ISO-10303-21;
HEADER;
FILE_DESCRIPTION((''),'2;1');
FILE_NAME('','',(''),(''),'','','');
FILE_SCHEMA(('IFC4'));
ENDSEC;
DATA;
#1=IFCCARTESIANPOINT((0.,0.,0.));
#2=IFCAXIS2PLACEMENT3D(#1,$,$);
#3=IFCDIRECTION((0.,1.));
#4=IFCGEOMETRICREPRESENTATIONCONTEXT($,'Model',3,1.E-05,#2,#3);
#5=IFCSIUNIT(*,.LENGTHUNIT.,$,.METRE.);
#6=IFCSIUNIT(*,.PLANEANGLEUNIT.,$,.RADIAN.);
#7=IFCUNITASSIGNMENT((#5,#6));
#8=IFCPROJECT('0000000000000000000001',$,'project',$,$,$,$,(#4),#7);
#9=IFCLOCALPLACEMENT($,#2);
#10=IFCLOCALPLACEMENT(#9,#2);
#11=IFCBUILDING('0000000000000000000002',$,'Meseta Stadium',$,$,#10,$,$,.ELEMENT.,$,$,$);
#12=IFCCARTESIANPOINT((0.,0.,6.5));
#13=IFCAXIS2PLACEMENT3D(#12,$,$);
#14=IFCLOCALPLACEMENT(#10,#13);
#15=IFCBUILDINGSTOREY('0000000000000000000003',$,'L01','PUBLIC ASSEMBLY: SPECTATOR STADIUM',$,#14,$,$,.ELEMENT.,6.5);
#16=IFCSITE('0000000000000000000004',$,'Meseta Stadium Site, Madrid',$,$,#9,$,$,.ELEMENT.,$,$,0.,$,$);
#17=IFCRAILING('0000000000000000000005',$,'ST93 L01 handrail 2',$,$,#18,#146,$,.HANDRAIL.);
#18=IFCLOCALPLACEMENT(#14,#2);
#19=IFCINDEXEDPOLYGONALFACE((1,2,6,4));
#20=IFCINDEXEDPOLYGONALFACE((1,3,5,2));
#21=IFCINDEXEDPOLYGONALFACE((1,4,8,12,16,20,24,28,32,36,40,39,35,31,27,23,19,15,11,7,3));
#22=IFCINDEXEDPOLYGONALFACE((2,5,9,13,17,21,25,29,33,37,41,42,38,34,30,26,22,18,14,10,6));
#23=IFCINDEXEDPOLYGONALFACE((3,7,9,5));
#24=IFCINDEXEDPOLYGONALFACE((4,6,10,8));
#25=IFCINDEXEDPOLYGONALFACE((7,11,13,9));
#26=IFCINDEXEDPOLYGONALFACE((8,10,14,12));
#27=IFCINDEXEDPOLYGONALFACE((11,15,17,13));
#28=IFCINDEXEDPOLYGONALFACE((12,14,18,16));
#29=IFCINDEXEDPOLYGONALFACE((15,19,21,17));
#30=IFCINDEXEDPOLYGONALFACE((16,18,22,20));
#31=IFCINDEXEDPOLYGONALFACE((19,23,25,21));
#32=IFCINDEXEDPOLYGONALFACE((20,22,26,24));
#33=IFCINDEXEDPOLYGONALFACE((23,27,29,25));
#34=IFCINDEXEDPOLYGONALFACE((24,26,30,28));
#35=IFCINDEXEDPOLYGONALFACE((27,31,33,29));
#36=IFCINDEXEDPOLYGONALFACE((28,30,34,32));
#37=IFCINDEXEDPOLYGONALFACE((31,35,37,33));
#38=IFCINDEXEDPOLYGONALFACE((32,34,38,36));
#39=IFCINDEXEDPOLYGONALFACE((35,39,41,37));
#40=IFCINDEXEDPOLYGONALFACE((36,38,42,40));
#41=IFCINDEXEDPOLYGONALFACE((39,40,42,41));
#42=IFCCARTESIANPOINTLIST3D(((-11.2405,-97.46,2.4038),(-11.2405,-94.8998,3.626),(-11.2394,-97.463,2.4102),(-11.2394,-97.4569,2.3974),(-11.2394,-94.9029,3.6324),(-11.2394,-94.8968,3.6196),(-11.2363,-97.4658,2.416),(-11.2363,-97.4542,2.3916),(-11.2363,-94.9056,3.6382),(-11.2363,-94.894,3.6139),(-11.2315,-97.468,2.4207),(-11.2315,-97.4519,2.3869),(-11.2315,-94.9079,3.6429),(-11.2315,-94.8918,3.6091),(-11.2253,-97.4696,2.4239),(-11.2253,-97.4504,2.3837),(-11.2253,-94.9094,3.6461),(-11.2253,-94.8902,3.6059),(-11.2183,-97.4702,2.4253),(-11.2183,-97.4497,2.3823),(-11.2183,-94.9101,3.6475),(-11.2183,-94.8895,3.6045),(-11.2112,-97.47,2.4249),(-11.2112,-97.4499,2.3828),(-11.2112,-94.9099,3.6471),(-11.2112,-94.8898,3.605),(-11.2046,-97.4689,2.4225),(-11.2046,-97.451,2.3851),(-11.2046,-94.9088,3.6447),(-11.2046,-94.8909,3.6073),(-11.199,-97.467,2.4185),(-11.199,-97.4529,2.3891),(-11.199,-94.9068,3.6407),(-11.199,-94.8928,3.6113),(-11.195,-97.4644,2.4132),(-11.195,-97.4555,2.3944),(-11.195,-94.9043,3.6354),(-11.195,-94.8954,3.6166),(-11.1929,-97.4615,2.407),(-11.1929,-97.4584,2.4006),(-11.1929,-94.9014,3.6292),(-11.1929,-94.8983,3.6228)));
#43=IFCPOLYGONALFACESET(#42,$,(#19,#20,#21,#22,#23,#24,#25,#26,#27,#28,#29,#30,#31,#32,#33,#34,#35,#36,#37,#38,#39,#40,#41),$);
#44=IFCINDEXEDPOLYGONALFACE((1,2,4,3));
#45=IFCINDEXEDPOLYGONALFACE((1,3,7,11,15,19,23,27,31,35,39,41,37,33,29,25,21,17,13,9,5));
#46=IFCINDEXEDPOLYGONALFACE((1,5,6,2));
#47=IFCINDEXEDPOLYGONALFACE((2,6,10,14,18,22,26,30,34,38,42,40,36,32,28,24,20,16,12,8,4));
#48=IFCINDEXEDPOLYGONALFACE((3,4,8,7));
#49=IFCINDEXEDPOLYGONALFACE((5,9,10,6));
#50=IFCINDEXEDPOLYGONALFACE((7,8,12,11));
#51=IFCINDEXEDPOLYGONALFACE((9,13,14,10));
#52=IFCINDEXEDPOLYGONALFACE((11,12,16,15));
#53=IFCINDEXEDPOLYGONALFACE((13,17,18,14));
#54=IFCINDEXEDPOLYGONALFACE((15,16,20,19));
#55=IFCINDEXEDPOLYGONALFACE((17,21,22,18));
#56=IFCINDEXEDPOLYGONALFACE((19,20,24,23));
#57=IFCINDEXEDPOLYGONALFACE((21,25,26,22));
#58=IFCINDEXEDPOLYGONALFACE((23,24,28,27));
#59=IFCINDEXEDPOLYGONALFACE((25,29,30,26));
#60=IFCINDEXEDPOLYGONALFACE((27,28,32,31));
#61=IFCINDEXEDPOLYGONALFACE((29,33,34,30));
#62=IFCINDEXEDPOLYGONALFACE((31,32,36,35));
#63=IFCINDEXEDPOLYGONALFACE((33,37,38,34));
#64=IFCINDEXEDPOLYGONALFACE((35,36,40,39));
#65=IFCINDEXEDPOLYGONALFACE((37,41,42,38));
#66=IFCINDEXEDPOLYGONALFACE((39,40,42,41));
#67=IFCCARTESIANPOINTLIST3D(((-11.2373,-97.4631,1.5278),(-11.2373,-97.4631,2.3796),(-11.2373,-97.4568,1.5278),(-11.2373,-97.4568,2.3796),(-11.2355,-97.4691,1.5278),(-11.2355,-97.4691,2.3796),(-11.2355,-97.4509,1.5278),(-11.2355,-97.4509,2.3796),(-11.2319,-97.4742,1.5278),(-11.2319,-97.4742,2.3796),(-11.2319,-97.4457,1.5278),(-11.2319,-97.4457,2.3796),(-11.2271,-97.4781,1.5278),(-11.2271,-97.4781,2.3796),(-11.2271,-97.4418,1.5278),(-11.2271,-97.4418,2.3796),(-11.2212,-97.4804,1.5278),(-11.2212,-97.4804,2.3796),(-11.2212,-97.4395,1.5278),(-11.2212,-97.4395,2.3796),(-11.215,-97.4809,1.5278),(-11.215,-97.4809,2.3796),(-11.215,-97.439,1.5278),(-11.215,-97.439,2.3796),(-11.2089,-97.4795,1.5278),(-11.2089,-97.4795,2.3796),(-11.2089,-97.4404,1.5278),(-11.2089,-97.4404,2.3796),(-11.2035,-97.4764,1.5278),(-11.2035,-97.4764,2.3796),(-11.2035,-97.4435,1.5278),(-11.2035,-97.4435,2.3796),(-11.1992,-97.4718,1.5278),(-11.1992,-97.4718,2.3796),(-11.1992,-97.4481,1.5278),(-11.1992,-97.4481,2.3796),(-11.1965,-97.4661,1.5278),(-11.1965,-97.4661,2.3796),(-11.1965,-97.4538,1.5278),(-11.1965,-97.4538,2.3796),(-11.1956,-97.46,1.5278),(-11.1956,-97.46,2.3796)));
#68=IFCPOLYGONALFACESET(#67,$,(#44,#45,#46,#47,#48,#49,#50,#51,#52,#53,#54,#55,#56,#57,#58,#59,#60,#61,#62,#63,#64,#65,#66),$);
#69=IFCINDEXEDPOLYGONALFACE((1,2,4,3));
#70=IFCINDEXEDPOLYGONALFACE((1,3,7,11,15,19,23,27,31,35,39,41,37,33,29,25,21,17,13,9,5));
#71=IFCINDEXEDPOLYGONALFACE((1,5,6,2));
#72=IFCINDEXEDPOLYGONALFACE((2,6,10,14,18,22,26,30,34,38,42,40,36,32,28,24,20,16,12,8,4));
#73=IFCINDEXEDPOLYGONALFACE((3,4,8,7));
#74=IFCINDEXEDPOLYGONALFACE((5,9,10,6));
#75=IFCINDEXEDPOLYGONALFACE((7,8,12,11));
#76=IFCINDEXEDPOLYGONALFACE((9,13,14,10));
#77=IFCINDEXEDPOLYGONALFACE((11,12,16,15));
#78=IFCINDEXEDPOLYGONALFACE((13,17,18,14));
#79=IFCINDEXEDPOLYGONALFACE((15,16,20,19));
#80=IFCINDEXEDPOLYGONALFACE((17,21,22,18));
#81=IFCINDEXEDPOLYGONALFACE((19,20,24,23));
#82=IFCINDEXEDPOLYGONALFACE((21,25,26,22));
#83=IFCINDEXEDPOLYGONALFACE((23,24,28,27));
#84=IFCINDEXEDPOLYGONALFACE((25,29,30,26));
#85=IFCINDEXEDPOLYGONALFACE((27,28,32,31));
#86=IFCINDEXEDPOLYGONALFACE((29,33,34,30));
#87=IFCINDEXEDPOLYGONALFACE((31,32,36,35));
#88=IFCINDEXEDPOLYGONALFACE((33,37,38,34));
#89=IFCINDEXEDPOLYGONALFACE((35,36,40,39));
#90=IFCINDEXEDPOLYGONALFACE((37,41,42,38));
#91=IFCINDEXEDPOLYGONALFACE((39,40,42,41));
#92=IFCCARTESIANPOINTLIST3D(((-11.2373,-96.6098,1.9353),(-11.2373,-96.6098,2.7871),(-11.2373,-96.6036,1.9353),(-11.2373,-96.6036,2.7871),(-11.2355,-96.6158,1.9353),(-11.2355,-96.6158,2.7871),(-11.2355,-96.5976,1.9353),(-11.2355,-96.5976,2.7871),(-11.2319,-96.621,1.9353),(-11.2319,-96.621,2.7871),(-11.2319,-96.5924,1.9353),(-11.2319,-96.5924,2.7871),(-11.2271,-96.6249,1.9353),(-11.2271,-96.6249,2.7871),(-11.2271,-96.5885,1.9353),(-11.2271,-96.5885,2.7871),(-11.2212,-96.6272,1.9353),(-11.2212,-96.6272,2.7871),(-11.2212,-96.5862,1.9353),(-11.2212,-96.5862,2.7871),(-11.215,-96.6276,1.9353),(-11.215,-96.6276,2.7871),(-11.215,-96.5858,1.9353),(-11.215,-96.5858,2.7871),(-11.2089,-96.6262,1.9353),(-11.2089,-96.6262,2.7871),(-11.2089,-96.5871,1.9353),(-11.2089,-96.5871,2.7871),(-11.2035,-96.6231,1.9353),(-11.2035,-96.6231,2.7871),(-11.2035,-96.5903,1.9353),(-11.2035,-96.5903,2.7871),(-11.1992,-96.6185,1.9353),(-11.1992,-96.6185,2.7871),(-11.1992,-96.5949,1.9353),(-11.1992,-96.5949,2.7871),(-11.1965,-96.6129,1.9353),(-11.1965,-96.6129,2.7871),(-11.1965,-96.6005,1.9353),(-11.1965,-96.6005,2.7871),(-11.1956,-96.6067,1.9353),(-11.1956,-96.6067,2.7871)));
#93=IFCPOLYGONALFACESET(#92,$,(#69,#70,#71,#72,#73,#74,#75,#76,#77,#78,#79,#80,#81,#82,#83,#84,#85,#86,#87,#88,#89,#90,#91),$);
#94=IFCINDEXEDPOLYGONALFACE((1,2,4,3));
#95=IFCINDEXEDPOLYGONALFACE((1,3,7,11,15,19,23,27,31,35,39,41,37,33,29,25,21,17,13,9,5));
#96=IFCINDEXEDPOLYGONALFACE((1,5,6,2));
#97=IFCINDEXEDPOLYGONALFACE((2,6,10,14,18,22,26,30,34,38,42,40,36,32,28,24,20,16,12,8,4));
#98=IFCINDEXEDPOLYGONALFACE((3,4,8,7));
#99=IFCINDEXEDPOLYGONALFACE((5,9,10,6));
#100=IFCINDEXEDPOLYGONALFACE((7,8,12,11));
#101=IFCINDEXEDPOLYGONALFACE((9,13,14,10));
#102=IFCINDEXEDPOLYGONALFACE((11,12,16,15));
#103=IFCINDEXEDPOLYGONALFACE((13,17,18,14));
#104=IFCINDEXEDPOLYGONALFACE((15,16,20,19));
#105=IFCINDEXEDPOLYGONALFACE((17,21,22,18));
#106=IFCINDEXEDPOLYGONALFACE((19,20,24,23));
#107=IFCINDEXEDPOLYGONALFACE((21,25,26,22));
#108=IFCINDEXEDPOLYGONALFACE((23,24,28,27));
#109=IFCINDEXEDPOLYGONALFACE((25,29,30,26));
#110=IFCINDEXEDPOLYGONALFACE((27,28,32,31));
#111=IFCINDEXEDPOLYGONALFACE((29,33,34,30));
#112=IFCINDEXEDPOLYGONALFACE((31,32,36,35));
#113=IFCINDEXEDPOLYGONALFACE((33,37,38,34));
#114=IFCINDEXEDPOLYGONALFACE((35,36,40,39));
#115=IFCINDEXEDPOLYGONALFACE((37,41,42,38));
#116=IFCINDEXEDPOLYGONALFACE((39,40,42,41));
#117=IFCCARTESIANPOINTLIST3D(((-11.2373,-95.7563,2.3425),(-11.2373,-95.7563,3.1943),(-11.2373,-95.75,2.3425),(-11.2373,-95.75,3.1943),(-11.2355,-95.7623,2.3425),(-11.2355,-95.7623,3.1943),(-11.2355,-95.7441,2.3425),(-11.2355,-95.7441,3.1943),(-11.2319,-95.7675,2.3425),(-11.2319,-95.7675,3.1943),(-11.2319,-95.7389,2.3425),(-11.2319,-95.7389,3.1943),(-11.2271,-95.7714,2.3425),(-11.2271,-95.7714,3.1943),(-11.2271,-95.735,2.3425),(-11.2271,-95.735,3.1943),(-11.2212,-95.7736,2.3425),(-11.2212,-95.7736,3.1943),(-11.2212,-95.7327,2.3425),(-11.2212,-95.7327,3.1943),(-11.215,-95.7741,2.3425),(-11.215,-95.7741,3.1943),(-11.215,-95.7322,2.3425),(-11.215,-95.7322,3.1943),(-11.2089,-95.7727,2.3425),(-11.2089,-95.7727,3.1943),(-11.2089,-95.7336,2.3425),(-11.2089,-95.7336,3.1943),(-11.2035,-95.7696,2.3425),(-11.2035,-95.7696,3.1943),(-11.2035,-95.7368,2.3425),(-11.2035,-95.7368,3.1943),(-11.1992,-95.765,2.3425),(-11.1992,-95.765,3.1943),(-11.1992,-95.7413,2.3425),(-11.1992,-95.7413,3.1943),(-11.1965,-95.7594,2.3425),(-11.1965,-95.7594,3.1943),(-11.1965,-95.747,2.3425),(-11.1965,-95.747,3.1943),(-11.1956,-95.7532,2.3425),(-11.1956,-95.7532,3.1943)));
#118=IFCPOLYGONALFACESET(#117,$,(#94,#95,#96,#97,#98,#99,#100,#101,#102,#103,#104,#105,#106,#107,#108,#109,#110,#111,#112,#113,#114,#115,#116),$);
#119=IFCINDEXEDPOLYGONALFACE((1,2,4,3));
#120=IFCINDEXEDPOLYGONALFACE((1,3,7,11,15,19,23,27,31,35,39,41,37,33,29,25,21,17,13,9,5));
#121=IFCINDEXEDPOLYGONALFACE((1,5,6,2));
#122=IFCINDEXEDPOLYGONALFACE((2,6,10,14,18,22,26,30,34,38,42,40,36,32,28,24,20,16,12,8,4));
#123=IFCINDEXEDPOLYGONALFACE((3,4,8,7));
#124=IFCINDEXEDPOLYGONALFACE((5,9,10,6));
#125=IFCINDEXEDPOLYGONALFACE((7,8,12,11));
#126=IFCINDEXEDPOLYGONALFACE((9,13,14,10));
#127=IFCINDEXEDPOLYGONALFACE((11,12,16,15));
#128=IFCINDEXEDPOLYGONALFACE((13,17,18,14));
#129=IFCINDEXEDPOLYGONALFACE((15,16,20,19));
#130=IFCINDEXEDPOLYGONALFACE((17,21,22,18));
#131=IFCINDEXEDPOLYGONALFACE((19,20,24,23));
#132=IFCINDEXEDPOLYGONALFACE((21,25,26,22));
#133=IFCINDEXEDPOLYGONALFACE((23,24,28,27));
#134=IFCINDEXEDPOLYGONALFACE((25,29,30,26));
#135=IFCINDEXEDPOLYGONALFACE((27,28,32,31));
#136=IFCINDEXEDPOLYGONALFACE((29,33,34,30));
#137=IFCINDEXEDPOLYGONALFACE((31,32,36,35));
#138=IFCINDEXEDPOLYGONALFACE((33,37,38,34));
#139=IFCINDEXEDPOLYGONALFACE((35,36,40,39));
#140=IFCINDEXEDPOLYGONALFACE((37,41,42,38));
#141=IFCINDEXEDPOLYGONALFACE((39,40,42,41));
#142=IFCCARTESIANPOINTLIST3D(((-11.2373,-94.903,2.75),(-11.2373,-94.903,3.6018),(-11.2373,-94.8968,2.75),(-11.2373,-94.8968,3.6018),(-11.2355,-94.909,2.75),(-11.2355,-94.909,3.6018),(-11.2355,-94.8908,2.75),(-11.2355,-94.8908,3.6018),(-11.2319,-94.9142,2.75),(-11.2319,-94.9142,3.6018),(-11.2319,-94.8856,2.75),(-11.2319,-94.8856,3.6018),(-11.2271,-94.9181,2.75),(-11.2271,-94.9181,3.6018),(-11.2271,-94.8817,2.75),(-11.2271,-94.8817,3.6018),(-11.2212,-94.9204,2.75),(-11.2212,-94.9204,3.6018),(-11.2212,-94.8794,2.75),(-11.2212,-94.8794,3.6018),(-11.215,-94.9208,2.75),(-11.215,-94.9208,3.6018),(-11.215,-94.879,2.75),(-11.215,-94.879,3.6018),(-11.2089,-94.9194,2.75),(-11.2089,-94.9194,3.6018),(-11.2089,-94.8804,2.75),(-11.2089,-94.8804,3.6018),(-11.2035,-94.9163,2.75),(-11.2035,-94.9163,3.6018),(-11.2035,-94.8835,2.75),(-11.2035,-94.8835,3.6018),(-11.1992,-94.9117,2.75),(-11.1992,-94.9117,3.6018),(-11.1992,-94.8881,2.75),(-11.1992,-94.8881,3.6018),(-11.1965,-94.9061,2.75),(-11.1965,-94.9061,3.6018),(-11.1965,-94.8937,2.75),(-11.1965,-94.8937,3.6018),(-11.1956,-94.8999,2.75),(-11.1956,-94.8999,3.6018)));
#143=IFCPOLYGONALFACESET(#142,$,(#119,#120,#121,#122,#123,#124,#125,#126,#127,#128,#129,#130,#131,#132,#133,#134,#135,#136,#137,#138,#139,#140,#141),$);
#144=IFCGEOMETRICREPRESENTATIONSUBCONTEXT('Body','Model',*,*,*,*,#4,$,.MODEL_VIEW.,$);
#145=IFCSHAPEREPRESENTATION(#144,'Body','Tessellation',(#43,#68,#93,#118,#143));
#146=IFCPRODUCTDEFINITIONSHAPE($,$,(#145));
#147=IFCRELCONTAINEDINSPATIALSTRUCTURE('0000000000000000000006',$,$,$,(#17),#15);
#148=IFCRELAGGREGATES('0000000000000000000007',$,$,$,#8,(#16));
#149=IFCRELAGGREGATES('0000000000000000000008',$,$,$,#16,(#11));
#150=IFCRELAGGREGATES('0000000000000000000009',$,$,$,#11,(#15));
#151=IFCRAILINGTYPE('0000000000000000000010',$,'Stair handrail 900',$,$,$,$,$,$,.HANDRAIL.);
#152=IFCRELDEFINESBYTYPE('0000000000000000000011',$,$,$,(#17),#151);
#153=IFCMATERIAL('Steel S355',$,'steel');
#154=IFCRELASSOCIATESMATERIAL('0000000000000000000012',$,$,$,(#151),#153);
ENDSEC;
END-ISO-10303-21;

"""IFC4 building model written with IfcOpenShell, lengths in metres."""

from ifc_helpers import new_model, si_unit, direction, frame, origin, origin_2d, place, context, subcontext, project, spatial, circle, extrude, material, type_object, element, save


model = new_model("IFC4")

# Units and contexts
model_context = context("Model", 3, precision=1e-05, world=origin(), true_north=direction((0.0, 1.0)))
body_context = subcontext(model_context, "Body", "Model", "MODEL_VIEW")
ifc_project = project(units=[si_unit("LENGTHUNIT", "METRE"), si_unit("PLANEANGLEUNIT", "RADIAN")], contexts=[model_context])

# Site, building, storey
site_placement = place(None, origin())
site = spatial("IfcSite", under=ifc_project, at=site_placement, Name="Meseta Stadium Site, Madrid", CompositionType="ELEMENT", RefElevation=0.0)
building_placement = place(site_placement, origin())
building = spatial("IfcBuilding", under=site, at=building_placement, Name="Meseta Stadium", CompositionType="ELEMENT")
storey_placement = place(building_placement, frame((0.0, 0.0, 6.5)))
storey = spatial("IfcBuildingStorey", under=building, at=storey_placement, Name="L01", Description="PUBLIC ASSEMBLY: SPECTATOR STADIUM", CompositionType="ELEMENT", Elevation=6.5)

# Railing
ifc_material_1 = material(Name="Steel S355", Category="steel")
railing_type_1 = type_object("IfcRailingType", Name="Stair handrail 900", PredefinedType="HANDRAIL", material=ifc_material_1)
railing_1_placement = place(storey_placement, frame((-11.2166, -97.46, 1.5278)))
element("IfcRailing", 1, at=railing_1_placement, inside=storey, type_object=railing_type_1, Name="ST93 L01 handrail 2", PredefinedType="HANDRAIL", context=body_context, shape_type="SweptSolid", body=[
    extrude(circle(Radius=0.0239, at=origin_2d()), frame((0.0, 0.0, 0.876), z_axis=(0.0, 0.902437, 0.430822), x_axis=(-1.0, 0.0, 0.0)), (0.0, 0.0, 1.0), 2.8369),
    extrude(circle(Radius=0.021, at=origin_2d()), origin(), (0.0, 0.0, 1.0), 0.8518),
    extrude(circle(Radius=0.021, at=origin_2d()), frame((0.0, 0.8533, 0.4075)), (0.0, 0.0, 1.0), 0.8518),
    extrude(circle(Radius=0.021, at=origin_2d()), frame((0.0, 1.7068, 0.8147)), (0.0, 0.0, 1.0), 0.8518),
    extrude(circle(Radius=0.021, at=origin_2d()), frame((0.0, 2.5601, 1.2222)), (0.0, 0.0, 1.0), 0.8518),
])

save(model, "model.ifc")
